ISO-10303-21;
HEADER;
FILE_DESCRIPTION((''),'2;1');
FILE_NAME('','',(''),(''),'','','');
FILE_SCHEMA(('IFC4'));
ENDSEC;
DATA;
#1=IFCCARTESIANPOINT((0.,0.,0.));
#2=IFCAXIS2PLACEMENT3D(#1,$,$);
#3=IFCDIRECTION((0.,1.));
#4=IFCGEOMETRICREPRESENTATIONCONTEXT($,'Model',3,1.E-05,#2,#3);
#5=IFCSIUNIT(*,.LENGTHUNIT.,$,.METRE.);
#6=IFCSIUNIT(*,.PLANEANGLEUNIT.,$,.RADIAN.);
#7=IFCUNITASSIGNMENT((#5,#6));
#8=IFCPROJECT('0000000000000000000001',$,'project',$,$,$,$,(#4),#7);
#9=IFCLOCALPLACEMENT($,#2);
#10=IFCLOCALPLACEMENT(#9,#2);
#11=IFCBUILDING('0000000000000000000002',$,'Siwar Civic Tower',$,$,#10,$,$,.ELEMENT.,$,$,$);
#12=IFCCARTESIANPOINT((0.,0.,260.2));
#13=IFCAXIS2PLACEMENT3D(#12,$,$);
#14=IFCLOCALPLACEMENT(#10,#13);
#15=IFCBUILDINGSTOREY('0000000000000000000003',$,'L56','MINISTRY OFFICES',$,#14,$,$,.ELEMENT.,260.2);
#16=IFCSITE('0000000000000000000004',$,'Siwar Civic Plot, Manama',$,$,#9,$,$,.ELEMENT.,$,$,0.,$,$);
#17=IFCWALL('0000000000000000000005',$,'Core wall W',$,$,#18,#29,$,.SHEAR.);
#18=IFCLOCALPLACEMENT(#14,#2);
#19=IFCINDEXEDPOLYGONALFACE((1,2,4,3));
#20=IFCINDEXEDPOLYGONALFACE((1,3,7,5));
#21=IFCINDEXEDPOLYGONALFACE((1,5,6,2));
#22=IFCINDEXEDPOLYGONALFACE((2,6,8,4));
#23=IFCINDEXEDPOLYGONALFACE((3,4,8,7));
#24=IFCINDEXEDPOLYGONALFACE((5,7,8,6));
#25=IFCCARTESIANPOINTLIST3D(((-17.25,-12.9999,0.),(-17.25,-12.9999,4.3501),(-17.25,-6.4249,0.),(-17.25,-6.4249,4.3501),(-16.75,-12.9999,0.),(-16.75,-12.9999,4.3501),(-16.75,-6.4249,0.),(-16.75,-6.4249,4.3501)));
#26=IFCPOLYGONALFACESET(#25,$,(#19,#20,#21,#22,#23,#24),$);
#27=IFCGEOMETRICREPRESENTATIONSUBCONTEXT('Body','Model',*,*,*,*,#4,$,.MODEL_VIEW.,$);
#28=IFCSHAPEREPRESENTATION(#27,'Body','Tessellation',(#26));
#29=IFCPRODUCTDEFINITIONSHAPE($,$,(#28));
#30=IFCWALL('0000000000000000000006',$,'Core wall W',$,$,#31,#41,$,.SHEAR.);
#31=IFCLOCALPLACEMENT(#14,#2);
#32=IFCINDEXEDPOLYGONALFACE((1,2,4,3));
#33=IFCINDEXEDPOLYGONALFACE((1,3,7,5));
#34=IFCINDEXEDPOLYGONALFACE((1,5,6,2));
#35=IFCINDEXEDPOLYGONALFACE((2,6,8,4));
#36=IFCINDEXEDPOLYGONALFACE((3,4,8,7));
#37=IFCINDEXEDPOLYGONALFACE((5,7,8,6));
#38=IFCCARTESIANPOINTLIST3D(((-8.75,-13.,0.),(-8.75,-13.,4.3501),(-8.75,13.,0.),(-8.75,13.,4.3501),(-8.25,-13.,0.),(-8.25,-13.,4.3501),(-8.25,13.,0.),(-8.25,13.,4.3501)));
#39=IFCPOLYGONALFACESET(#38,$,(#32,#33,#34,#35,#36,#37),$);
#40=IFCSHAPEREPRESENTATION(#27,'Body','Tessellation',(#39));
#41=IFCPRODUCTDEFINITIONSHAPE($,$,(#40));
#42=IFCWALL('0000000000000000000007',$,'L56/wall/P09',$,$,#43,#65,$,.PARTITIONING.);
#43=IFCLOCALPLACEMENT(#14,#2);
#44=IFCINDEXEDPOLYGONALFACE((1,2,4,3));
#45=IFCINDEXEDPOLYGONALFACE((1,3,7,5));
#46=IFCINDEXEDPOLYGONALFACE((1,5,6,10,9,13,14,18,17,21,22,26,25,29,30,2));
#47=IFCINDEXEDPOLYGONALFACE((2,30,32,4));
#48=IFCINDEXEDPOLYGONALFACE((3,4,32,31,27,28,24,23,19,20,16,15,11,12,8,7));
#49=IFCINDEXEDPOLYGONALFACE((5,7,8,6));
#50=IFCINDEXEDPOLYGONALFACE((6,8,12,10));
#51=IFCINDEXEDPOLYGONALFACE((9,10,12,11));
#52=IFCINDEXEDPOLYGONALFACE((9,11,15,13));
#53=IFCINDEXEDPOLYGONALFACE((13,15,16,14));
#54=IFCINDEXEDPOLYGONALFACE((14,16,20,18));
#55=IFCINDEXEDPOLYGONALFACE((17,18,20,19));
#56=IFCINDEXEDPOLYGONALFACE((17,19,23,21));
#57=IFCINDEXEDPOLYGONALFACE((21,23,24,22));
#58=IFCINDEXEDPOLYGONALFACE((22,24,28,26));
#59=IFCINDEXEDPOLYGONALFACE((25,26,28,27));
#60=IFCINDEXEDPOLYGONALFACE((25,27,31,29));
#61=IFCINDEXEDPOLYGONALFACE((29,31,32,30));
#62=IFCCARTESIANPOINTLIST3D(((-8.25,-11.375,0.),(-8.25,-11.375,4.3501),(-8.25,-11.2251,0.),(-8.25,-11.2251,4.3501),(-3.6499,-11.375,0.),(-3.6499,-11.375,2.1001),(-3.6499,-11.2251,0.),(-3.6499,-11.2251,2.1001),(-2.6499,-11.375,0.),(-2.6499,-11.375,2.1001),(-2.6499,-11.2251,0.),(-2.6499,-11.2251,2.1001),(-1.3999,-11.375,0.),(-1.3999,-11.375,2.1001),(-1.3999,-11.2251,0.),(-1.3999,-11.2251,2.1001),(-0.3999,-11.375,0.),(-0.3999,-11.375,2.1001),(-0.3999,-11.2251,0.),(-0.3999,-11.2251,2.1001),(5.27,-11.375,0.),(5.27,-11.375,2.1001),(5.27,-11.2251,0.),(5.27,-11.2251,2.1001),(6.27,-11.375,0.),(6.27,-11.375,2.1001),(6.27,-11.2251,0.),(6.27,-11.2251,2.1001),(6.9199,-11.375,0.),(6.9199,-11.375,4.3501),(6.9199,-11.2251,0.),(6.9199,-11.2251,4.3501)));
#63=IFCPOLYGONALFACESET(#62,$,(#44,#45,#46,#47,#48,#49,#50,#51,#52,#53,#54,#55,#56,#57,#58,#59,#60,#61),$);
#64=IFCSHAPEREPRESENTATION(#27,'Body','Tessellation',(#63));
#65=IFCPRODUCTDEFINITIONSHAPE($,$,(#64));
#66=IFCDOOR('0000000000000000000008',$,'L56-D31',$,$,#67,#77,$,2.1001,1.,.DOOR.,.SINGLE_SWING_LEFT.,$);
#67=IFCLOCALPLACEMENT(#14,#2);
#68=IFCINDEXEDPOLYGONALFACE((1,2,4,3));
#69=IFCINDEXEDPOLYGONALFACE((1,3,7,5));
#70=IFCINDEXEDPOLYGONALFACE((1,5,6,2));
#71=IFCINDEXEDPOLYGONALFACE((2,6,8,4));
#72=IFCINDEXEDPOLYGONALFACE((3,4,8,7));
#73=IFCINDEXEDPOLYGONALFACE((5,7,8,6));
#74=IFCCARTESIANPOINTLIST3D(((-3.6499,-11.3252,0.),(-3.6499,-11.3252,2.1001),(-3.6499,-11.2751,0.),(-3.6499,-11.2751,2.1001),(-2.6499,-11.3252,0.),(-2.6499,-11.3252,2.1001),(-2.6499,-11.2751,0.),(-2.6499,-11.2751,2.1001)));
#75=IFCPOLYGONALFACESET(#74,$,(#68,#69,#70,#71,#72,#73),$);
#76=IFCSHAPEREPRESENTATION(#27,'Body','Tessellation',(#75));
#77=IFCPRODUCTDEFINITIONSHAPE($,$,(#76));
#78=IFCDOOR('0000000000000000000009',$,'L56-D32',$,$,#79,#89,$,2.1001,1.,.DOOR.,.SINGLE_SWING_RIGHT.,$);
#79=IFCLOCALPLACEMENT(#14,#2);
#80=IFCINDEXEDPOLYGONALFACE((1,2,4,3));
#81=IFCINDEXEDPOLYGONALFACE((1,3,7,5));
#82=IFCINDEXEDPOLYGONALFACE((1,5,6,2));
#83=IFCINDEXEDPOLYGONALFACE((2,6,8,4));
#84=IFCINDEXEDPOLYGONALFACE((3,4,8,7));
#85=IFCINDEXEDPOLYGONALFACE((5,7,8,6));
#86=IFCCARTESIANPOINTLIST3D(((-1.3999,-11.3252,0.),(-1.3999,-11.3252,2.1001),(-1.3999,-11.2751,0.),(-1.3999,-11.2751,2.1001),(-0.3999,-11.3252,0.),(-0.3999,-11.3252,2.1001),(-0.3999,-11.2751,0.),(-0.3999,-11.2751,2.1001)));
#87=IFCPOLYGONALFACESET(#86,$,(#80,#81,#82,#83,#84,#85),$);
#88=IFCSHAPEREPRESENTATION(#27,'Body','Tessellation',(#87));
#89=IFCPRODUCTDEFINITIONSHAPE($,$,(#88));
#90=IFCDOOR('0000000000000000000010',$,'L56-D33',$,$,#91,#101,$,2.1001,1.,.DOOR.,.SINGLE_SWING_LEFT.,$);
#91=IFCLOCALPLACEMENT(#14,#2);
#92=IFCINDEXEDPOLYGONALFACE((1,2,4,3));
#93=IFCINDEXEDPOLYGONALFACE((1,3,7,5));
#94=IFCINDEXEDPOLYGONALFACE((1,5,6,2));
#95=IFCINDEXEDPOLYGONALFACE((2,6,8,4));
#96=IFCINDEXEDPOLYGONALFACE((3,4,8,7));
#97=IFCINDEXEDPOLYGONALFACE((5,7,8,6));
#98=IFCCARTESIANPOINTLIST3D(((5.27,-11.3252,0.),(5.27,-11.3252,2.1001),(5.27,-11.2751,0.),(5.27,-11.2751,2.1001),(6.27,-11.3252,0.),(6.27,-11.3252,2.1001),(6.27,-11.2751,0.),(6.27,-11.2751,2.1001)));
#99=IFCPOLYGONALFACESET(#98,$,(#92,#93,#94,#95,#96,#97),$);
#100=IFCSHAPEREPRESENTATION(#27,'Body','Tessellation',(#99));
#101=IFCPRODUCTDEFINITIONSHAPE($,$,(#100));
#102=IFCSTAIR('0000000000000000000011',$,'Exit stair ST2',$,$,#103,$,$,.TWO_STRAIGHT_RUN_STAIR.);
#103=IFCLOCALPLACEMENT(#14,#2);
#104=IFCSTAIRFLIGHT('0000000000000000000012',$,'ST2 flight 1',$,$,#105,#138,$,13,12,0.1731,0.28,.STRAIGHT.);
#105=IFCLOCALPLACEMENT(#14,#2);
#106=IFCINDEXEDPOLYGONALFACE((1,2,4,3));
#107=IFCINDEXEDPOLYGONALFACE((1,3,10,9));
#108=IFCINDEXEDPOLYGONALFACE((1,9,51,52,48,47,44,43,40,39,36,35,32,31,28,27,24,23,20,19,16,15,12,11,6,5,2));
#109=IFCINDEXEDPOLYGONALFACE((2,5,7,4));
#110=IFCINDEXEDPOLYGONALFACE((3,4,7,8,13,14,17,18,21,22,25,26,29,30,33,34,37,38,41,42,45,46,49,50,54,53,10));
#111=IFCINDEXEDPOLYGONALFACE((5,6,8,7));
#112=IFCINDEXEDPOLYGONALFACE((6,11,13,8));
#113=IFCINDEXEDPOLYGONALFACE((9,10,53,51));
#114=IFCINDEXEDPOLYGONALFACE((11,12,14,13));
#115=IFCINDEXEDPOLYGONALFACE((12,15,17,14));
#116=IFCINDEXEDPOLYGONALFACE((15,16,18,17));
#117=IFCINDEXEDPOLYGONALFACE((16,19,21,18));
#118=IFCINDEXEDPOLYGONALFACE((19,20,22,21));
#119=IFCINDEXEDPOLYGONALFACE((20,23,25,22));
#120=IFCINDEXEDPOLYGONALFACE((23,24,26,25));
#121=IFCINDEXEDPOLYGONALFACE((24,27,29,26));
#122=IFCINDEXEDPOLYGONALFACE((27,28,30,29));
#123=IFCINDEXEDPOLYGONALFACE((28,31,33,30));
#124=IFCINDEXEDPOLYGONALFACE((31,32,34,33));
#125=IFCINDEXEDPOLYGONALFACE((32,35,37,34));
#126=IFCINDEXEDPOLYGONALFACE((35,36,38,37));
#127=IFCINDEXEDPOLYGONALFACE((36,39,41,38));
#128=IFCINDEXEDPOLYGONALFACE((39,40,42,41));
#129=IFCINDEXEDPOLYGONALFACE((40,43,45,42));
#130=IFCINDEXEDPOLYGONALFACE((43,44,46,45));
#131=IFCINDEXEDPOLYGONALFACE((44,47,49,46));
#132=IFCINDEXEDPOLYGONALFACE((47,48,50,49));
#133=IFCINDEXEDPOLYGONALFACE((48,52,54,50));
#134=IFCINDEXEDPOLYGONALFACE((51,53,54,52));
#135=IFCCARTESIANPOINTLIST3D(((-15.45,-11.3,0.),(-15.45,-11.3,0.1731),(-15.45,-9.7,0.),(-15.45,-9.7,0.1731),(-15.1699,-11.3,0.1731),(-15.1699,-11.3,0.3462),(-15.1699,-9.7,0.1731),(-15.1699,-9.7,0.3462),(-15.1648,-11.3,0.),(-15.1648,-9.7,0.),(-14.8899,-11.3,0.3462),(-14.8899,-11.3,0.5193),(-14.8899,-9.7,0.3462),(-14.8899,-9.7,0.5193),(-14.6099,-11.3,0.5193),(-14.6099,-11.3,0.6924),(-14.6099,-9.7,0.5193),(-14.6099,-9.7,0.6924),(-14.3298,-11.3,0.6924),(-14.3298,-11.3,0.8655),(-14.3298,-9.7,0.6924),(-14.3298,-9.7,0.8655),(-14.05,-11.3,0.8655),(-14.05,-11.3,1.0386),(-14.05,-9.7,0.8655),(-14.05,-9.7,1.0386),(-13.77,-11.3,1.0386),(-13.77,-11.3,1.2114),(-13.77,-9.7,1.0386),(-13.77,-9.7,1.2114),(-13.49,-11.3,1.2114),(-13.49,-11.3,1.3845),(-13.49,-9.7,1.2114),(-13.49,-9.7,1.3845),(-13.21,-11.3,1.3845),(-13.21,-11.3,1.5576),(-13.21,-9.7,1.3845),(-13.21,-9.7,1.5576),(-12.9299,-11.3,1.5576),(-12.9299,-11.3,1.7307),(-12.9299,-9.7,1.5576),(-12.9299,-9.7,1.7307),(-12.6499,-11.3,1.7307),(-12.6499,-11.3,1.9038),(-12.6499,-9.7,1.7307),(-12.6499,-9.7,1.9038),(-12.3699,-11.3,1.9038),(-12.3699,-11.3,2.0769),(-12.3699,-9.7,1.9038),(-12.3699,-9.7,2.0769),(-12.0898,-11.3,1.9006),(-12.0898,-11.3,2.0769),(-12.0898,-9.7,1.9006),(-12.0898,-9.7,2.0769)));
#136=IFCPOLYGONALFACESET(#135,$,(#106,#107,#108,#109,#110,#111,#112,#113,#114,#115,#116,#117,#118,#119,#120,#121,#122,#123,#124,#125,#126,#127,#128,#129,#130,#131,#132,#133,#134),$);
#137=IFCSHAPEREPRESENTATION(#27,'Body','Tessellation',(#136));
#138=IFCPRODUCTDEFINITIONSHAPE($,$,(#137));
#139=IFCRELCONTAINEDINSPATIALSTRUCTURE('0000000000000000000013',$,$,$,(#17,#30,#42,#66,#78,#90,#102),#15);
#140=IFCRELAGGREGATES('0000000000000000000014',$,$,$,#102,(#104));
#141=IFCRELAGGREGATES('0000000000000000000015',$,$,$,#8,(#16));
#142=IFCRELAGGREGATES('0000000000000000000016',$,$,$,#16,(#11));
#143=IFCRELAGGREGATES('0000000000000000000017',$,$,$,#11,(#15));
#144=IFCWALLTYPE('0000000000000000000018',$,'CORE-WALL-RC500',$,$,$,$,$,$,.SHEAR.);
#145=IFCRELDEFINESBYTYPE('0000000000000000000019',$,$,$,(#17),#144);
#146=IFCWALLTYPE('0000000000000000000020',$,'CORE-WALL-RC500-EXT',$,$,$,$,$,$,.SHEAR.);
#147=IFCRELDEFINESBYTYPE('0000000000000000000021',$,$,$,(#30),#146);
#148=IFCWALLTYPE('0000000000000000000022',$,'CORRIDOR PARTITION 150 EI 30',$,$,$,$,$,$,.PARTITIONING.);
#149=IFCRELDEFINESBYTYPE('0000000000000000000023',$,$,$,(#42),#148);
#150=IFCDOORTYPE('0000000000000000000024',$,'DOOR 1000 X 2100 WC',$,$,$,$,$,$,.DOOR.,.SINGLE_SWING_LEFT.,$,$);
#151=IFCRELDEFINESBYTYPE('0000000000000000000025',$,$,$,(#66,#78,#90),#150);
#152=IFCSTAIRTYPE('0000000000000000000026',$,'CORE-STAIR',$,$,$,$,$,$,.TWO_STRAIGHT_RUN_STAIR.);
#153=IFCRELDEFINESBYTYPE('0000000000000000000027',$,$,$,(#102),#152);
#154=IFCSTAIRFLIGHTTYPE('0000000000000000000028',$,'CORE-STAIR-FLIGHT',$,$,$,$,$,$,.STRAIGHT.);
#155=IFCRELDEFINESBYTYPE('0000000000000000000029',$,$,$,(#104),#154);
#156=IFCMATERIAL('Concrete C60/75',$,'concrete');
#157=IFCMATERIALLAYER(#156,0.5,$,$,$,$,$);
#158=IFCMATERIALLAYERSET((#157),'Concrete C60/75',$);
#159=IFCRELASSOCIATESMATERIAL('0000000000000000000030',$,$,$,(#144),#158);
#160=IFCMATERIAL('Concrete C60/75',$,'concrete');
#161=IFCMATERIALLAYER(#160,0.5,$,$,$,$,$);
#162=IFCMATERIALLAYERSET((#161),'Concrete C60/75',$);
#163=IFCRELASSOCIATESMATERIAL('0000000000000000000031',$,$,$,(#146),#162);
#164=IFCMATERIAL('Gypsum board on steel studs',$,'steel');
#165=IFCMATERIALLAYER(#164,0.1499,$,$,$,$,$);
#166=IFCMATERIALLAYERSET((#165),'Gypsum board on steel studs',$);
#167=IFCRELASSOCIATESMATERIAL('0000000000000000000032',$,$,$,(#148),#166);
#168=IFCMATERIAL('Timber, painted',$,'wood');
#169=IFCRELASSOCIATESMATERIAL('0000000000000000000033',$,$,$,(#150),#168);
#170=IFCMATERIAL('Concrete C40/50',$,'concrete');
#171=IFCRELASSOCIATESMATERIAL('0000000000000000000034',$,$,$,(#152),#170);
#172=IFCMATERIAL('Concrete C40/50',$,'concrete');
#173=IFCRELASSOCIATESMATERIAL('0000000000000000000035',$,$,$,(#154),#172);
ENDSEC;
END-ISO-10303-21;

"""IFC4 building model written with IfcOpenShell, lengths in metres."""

from ifc_helpers import new_model, si_unit, direction, frame, frame_2d, origin, place, context, subcontext, project, spatial, polyline, rectangle, outline, extrude, material, layer, layer_set, type_object, element, fill, aggregate, save


model = new_model("IFC4")

# Units and contexts
model_context = context("Model", 3, precision=1e-05, world=origin(), true_north=direction((0.0, 1.0)))
body_context = subcontext(model_context, "Body", "Model", "MODEL_VIEW")
ifc_project = project(units=[si_unit("LENGTHUNIT", "METRE"), si_unit("PLANEANGLEUNIT", "RADIAN")], contexts=[model_context])

# Site, building, storey
site_placement = place(None, origin())
site = spatial("IfcSite", under=ifc_project, at=site_placement, Name="Siwar Civic Plot, Manama", CompositionType="ELEMENT", RefElevation=0.0)
building_placement = place(site_placement, origin())
building = spatial("IfcBuilding", under=site, at=building_placement, Name="Siwar Civic Tower", CompositionType="ELEMENT")
storey_placement = place(building_placement, frame((0.0, 0.0, 260.2)))
storey = spatial("IfcBuildingStorey", under=building, at=storey_placement, Name="L56", Description="MINISTRY OFFICES", CompositionType="ELEMENT", Elevation=260.2)

# Walls
ifc_material_1 = material(Name="Concrete C60/75", Category="concrete")
ifc_layer_1 = layer(ifc_material_1, 0.5)
ifc_layer_set_1 = layer_set([ifc_layer_1], Name="Concrete C60/75")
wall_type_1 = type_object("IfcWallType", Name="CORE-WALL-RC500", PredefinedType="SHEAR", material=ifc_layer_set_1)
wall_1_placement = place(storey_placement, frame((-17.0, -13.0, 0.0), z_axis=(0.0, 0.0, 1.0), x_axis=(0.0, 1.0, 0.0)))
element("IfcWall", 1, at=wall_1_placement, inside=storey, type_object=wall_type_1, Name="Core wall W", PredefinedType="SHEAR", context=body_context, shape_type="SweptSolid", body=[
    extrude(rectangle(XDim=6.575, YDim=0.5, at=frame_2d((3.2876, 0.0))), origin(), (0.0, 0.0, 1.0), 4.3501),
])
ifc_material_2 = material(Name="Concrete C60/75", Category="concrete")
ifc_layer_2 = layer(ifc_material_2, 0.5)
ifc_layer_set_2 = layer_set([ifc_layer_2], Name="Concrete C60/75")
wall_type_2 = type_object("IfcWallType", Name="CORE-WALL-RC500-EXT", PredefinedType="SHEAR", material=ifc_layer_set_2)
wall_2_placement = place(storey_placement, frame((-8.5, -13.0, 0.0), z_axis=(0.0, 0.0, 1.0), x_axis=(0.0, 1.0, 0.0)))
element("IfcWall", 2, at=wall_2_placement, inside=storey, type_object=wall_type_2, Name="Core wall W", PredefinedType="SHEAR", context=body_context, shape_type="SweptSolid", body=[
    extrude(rectangle(XDim=26.0, YDim=0.5, at=frame_2d((13.0, 0.0))), origin(), (0.0, 0.0, 1.0), 4.3501),
])

# Wall, openings, doors
ifc_material_3 = material(Name="Gypsum board on steel studs", Category="steel")
ifc_layer_3 = layer(ifc_material_3, 0.1499)
ifc_layer_set_3 = layer_set([ifc_layer_3], Name="Gypsum board on steel studs")
wall_type_3 = type_object("IfcWallType", Name="CORRIDOR PARTITION 150 EI 30", PredefinedType="PARTITIONING", material=ifc_layer_set_3)
wall_3_placement = place(storey_placement, frame((-8.25, -11.3, 0.0), z_axis=(0.0, 0.0, 1.0), x_axis=(1.0, 0.0, 0.0)))
wall_3 = element("IfcWall", 3, at=wall_3_placement, inside=storey, type_object=wall_type_3, Name="L56/wall/P09", PredefinedType="PARTITIONING", context=body_context, shape_type="SweptSolid", body=[
    extrude(rectangle(XDim=15.1699, YDim=0.1499, at=frame_2d((7.585, 0.0))), origin(), (0.0, 0.0, 1.0), 4.3501),
])
opening_1_placement = place(wall_3_placement, frame((4.6001, 0.0, 0.0)))
opening_1 = element("IfcOpeningElement", 4, at=opening_1_placement, cuts=wall_3, PredefinedType="OPENING", context=body_context, shape_type="SweptSolid", body=[
    extrude(rectangle(XDim=1.0, YDim=2.1001, at=frame_2d((0.5, 1.05))), frame((0.0, 0.085, 0.0), z_axis=(0.0, -1.0, 0.0), x_axis=(1.0, 0.0, 0.0)), (0.0, 0.0, 1.0), 0.1699),
])
opening_2_placement = place(wall_3_placement, frame((6.8501, 0.0, 0.0)))
opening_2 = element("IfcOpeningElement", 5, at=opening_2_placement, cuts=wall_3, PredefinedType="OPENING", context=body_context, shape_type="SweptSolid", body=[
    extrude(rectangle(XDim=1.0, YDim=2.1001, at=frame_2d((0.5, 1.05))), frame((0.0, 0.085, 0.0), z_axis=(0.0, -1.0, 0.0), x_axis=(1.0, 0.0, 0.0)), (0.0, 0.0, 1.0), 0.1699),
])
opening_3_placement = place(wall_3_placement, frame((13.52, 0.0, 0.0)))
opening_3 = element("IfcOpeningElement", 6, at=opening_3_placement, cuts=wall_3, PredefinedType="OPENING", context=body_context, shape_type="SweptSolid", body=[
    extrude(rectangle(XDim=1.0, YDim=2.1001, at=frame_2d((0.5, 1.05))), frame((0.0, 0.085, 0.0), z_axis=(0.0, -1.0, 0.0), x_axis=(1.0, 0.0, 0.0)), (0.0, 0.0, 1.0), 0.1699),
])
ifc_material_4 = material(Name="Timber, painted", Category="wood")
door_type_1 = type_object("IfcDoorType", Name="DOOR 1000 X 2100 WC", OperationType="SINGLE_SWING_LEFT", PredefinedType="DOOR", material=ifc_material_4)
door_1_placement = place(opening_1_placement, origin())
door_1 = element("IfcDoor", 7, at=door_1_placement, inside=storey, type_object=door_type_1, Name="L56-D31", OperationType="SINGLE_SWING_LEFT", OverallHeight=2.1001, OverallWidth=1.0, PredefinedType="DOOR", context=body_context, shape_type="SweptSolid", body=[
    extrude(rectangle(XDim=1.0, YDim=2.1001, at=frame_2d((0.5, 1.05))), frame((0.0, 0.0249, 0.0), z_axis=(0.0, -1.0, 0.0), x_axis=(1.0, 0.0, 0.0)), (0.0, 0.0, 1.0), 0.05),
])
fill(opening_1, door_1)
door_2_placement = place(opening_2_placement, origin())
door_2 = element("IfcDoor", 8, at=door_2_placement, inside=storey, type_object=door_type_1, Name="L56-D32", OperationType="SINGLE_SWING_RIGHT", OverallHeight=2.1001, OverallWidth=1.0, PredefinedType="DOOR", context=body_context, shape_type="SweptSolid", body=[
    extrude(rectangle(XDim=1.0, YDim=2.1001, at=frame_2d((0.5, 1.05))), frame((0.0, 0.0249, 0.0), z_axis=(0.0, -1.0, 0.0), x_axis=(1.0, 0.0, 0.0)), (0.0, 0.0, 1.0), 0.05),
])
fill(opening_2, door_2)
door_3_placement = place(opening_3_placement, origin())
door_3 = element("IfcDoor", 9, at=door_3_placement, inside=storey, type_object=door_type_1, Name="L56-D33", OperationType="SINGLE_SWING_LEFT", OverallHeight=2.1001, OverallWidth=1.0, PredefinedType="DOOR", context=body_context, shape_type="SweptSolid", body=[
    extrude(rectangle(XDim=1.0, YDim=2.1001, at=frame_2d((0.5, 1.05))), frame((0.0, 0.0249, 0.0), z_axis=(0.0, -1.0, 0.0), x_axis=(1.0, 0.0, 0.0)), (0.0, 0.0, 1.0), 0.05),
])
fill(opening_3, door_3)

# Stair, stair flight
ifc_material_5 = material(Name="Concrete C40/50", Category="concrete")
stair_type = type_object("IfcStairType", Name="CORE-STAIR", PredefinedType="TWO_STRAIGHT_RUN_STAIR", material=ifc_material_5)
stair_placement = place(storey_placement, origin())
stair = element("IfcStair", 10, at=stair_placement, inside=storey, type_object=stair_type, Name="Exit stair ST2", PredefinedType="TWO_STRAIGHT_RUN_STAIR")
ifc_material_6 = material(Name="Concrete C40/50", Category="concrete")
stair_flight_type = type_object("IfcStairFlightType", Name="CORE-STAIR-FLIGHT", PredefinedType="STRAIGHT", material=ifc_material_6)
stair_flight_1_placement = place(storey_placement, frame((-15.45, -10.5, 0.0), z_axis=(0.0, 0.0, 1.0), x_axis=(1.0, 0.0, 0.0)))
stair_flight_1 = element("IfcStairFlight", 11, at=stair_flight_1_placement, type_object=stair_flight_type, Name="ST2 flight 1", NumberOfRisers=13, NumberOfTreads=12, PredefinedType="STRAIGHT", RiserHeight=0.1731, TreadLength=0.28, context=body_context, shape_type="SweptSolid", body=[
    extrude(outline(polyline([(0.0, 0.0), (0.0, 0.1731), (0.28, 0.1731), (0.28, 0.3462), (0.5601, 0.3462), (0.5601, 0.5193), (0.8401, 0.5193), (0.8401, 0.6924), (1.1201, 0.6924), (1.1201, 0.8655), (1.3999, 0.8655), (1.3999, 1.0386), (1.6799, 1.0386), (1.6799, 1.2114), (1.96, 1.2114), (1.96, 1.3845), (2.24, 1.3845), (2.24, 1.5576), (2.52, 1.5576), (2.52, 1.7307), (2.8, 1.7307), (2.8, 1.9038), (3.0801, 1.9038), (3.0801, 2.0769), (3.3601, 2.0769), (3.3601, 2.25), (3.3601, 1.9006), (0.2852, 0.0), (0.0, 0.0)])), frame((0.0, 0.8, 0.0), z_axis=(0.0, -1.0, 0.0), x_axis=(1.0, 0.0, 0.0)), (0.0, 0.0, 1.0), 1.6001),
])
aggregate(stair, [stair_flight_1])

save(model, "model.ifc")
